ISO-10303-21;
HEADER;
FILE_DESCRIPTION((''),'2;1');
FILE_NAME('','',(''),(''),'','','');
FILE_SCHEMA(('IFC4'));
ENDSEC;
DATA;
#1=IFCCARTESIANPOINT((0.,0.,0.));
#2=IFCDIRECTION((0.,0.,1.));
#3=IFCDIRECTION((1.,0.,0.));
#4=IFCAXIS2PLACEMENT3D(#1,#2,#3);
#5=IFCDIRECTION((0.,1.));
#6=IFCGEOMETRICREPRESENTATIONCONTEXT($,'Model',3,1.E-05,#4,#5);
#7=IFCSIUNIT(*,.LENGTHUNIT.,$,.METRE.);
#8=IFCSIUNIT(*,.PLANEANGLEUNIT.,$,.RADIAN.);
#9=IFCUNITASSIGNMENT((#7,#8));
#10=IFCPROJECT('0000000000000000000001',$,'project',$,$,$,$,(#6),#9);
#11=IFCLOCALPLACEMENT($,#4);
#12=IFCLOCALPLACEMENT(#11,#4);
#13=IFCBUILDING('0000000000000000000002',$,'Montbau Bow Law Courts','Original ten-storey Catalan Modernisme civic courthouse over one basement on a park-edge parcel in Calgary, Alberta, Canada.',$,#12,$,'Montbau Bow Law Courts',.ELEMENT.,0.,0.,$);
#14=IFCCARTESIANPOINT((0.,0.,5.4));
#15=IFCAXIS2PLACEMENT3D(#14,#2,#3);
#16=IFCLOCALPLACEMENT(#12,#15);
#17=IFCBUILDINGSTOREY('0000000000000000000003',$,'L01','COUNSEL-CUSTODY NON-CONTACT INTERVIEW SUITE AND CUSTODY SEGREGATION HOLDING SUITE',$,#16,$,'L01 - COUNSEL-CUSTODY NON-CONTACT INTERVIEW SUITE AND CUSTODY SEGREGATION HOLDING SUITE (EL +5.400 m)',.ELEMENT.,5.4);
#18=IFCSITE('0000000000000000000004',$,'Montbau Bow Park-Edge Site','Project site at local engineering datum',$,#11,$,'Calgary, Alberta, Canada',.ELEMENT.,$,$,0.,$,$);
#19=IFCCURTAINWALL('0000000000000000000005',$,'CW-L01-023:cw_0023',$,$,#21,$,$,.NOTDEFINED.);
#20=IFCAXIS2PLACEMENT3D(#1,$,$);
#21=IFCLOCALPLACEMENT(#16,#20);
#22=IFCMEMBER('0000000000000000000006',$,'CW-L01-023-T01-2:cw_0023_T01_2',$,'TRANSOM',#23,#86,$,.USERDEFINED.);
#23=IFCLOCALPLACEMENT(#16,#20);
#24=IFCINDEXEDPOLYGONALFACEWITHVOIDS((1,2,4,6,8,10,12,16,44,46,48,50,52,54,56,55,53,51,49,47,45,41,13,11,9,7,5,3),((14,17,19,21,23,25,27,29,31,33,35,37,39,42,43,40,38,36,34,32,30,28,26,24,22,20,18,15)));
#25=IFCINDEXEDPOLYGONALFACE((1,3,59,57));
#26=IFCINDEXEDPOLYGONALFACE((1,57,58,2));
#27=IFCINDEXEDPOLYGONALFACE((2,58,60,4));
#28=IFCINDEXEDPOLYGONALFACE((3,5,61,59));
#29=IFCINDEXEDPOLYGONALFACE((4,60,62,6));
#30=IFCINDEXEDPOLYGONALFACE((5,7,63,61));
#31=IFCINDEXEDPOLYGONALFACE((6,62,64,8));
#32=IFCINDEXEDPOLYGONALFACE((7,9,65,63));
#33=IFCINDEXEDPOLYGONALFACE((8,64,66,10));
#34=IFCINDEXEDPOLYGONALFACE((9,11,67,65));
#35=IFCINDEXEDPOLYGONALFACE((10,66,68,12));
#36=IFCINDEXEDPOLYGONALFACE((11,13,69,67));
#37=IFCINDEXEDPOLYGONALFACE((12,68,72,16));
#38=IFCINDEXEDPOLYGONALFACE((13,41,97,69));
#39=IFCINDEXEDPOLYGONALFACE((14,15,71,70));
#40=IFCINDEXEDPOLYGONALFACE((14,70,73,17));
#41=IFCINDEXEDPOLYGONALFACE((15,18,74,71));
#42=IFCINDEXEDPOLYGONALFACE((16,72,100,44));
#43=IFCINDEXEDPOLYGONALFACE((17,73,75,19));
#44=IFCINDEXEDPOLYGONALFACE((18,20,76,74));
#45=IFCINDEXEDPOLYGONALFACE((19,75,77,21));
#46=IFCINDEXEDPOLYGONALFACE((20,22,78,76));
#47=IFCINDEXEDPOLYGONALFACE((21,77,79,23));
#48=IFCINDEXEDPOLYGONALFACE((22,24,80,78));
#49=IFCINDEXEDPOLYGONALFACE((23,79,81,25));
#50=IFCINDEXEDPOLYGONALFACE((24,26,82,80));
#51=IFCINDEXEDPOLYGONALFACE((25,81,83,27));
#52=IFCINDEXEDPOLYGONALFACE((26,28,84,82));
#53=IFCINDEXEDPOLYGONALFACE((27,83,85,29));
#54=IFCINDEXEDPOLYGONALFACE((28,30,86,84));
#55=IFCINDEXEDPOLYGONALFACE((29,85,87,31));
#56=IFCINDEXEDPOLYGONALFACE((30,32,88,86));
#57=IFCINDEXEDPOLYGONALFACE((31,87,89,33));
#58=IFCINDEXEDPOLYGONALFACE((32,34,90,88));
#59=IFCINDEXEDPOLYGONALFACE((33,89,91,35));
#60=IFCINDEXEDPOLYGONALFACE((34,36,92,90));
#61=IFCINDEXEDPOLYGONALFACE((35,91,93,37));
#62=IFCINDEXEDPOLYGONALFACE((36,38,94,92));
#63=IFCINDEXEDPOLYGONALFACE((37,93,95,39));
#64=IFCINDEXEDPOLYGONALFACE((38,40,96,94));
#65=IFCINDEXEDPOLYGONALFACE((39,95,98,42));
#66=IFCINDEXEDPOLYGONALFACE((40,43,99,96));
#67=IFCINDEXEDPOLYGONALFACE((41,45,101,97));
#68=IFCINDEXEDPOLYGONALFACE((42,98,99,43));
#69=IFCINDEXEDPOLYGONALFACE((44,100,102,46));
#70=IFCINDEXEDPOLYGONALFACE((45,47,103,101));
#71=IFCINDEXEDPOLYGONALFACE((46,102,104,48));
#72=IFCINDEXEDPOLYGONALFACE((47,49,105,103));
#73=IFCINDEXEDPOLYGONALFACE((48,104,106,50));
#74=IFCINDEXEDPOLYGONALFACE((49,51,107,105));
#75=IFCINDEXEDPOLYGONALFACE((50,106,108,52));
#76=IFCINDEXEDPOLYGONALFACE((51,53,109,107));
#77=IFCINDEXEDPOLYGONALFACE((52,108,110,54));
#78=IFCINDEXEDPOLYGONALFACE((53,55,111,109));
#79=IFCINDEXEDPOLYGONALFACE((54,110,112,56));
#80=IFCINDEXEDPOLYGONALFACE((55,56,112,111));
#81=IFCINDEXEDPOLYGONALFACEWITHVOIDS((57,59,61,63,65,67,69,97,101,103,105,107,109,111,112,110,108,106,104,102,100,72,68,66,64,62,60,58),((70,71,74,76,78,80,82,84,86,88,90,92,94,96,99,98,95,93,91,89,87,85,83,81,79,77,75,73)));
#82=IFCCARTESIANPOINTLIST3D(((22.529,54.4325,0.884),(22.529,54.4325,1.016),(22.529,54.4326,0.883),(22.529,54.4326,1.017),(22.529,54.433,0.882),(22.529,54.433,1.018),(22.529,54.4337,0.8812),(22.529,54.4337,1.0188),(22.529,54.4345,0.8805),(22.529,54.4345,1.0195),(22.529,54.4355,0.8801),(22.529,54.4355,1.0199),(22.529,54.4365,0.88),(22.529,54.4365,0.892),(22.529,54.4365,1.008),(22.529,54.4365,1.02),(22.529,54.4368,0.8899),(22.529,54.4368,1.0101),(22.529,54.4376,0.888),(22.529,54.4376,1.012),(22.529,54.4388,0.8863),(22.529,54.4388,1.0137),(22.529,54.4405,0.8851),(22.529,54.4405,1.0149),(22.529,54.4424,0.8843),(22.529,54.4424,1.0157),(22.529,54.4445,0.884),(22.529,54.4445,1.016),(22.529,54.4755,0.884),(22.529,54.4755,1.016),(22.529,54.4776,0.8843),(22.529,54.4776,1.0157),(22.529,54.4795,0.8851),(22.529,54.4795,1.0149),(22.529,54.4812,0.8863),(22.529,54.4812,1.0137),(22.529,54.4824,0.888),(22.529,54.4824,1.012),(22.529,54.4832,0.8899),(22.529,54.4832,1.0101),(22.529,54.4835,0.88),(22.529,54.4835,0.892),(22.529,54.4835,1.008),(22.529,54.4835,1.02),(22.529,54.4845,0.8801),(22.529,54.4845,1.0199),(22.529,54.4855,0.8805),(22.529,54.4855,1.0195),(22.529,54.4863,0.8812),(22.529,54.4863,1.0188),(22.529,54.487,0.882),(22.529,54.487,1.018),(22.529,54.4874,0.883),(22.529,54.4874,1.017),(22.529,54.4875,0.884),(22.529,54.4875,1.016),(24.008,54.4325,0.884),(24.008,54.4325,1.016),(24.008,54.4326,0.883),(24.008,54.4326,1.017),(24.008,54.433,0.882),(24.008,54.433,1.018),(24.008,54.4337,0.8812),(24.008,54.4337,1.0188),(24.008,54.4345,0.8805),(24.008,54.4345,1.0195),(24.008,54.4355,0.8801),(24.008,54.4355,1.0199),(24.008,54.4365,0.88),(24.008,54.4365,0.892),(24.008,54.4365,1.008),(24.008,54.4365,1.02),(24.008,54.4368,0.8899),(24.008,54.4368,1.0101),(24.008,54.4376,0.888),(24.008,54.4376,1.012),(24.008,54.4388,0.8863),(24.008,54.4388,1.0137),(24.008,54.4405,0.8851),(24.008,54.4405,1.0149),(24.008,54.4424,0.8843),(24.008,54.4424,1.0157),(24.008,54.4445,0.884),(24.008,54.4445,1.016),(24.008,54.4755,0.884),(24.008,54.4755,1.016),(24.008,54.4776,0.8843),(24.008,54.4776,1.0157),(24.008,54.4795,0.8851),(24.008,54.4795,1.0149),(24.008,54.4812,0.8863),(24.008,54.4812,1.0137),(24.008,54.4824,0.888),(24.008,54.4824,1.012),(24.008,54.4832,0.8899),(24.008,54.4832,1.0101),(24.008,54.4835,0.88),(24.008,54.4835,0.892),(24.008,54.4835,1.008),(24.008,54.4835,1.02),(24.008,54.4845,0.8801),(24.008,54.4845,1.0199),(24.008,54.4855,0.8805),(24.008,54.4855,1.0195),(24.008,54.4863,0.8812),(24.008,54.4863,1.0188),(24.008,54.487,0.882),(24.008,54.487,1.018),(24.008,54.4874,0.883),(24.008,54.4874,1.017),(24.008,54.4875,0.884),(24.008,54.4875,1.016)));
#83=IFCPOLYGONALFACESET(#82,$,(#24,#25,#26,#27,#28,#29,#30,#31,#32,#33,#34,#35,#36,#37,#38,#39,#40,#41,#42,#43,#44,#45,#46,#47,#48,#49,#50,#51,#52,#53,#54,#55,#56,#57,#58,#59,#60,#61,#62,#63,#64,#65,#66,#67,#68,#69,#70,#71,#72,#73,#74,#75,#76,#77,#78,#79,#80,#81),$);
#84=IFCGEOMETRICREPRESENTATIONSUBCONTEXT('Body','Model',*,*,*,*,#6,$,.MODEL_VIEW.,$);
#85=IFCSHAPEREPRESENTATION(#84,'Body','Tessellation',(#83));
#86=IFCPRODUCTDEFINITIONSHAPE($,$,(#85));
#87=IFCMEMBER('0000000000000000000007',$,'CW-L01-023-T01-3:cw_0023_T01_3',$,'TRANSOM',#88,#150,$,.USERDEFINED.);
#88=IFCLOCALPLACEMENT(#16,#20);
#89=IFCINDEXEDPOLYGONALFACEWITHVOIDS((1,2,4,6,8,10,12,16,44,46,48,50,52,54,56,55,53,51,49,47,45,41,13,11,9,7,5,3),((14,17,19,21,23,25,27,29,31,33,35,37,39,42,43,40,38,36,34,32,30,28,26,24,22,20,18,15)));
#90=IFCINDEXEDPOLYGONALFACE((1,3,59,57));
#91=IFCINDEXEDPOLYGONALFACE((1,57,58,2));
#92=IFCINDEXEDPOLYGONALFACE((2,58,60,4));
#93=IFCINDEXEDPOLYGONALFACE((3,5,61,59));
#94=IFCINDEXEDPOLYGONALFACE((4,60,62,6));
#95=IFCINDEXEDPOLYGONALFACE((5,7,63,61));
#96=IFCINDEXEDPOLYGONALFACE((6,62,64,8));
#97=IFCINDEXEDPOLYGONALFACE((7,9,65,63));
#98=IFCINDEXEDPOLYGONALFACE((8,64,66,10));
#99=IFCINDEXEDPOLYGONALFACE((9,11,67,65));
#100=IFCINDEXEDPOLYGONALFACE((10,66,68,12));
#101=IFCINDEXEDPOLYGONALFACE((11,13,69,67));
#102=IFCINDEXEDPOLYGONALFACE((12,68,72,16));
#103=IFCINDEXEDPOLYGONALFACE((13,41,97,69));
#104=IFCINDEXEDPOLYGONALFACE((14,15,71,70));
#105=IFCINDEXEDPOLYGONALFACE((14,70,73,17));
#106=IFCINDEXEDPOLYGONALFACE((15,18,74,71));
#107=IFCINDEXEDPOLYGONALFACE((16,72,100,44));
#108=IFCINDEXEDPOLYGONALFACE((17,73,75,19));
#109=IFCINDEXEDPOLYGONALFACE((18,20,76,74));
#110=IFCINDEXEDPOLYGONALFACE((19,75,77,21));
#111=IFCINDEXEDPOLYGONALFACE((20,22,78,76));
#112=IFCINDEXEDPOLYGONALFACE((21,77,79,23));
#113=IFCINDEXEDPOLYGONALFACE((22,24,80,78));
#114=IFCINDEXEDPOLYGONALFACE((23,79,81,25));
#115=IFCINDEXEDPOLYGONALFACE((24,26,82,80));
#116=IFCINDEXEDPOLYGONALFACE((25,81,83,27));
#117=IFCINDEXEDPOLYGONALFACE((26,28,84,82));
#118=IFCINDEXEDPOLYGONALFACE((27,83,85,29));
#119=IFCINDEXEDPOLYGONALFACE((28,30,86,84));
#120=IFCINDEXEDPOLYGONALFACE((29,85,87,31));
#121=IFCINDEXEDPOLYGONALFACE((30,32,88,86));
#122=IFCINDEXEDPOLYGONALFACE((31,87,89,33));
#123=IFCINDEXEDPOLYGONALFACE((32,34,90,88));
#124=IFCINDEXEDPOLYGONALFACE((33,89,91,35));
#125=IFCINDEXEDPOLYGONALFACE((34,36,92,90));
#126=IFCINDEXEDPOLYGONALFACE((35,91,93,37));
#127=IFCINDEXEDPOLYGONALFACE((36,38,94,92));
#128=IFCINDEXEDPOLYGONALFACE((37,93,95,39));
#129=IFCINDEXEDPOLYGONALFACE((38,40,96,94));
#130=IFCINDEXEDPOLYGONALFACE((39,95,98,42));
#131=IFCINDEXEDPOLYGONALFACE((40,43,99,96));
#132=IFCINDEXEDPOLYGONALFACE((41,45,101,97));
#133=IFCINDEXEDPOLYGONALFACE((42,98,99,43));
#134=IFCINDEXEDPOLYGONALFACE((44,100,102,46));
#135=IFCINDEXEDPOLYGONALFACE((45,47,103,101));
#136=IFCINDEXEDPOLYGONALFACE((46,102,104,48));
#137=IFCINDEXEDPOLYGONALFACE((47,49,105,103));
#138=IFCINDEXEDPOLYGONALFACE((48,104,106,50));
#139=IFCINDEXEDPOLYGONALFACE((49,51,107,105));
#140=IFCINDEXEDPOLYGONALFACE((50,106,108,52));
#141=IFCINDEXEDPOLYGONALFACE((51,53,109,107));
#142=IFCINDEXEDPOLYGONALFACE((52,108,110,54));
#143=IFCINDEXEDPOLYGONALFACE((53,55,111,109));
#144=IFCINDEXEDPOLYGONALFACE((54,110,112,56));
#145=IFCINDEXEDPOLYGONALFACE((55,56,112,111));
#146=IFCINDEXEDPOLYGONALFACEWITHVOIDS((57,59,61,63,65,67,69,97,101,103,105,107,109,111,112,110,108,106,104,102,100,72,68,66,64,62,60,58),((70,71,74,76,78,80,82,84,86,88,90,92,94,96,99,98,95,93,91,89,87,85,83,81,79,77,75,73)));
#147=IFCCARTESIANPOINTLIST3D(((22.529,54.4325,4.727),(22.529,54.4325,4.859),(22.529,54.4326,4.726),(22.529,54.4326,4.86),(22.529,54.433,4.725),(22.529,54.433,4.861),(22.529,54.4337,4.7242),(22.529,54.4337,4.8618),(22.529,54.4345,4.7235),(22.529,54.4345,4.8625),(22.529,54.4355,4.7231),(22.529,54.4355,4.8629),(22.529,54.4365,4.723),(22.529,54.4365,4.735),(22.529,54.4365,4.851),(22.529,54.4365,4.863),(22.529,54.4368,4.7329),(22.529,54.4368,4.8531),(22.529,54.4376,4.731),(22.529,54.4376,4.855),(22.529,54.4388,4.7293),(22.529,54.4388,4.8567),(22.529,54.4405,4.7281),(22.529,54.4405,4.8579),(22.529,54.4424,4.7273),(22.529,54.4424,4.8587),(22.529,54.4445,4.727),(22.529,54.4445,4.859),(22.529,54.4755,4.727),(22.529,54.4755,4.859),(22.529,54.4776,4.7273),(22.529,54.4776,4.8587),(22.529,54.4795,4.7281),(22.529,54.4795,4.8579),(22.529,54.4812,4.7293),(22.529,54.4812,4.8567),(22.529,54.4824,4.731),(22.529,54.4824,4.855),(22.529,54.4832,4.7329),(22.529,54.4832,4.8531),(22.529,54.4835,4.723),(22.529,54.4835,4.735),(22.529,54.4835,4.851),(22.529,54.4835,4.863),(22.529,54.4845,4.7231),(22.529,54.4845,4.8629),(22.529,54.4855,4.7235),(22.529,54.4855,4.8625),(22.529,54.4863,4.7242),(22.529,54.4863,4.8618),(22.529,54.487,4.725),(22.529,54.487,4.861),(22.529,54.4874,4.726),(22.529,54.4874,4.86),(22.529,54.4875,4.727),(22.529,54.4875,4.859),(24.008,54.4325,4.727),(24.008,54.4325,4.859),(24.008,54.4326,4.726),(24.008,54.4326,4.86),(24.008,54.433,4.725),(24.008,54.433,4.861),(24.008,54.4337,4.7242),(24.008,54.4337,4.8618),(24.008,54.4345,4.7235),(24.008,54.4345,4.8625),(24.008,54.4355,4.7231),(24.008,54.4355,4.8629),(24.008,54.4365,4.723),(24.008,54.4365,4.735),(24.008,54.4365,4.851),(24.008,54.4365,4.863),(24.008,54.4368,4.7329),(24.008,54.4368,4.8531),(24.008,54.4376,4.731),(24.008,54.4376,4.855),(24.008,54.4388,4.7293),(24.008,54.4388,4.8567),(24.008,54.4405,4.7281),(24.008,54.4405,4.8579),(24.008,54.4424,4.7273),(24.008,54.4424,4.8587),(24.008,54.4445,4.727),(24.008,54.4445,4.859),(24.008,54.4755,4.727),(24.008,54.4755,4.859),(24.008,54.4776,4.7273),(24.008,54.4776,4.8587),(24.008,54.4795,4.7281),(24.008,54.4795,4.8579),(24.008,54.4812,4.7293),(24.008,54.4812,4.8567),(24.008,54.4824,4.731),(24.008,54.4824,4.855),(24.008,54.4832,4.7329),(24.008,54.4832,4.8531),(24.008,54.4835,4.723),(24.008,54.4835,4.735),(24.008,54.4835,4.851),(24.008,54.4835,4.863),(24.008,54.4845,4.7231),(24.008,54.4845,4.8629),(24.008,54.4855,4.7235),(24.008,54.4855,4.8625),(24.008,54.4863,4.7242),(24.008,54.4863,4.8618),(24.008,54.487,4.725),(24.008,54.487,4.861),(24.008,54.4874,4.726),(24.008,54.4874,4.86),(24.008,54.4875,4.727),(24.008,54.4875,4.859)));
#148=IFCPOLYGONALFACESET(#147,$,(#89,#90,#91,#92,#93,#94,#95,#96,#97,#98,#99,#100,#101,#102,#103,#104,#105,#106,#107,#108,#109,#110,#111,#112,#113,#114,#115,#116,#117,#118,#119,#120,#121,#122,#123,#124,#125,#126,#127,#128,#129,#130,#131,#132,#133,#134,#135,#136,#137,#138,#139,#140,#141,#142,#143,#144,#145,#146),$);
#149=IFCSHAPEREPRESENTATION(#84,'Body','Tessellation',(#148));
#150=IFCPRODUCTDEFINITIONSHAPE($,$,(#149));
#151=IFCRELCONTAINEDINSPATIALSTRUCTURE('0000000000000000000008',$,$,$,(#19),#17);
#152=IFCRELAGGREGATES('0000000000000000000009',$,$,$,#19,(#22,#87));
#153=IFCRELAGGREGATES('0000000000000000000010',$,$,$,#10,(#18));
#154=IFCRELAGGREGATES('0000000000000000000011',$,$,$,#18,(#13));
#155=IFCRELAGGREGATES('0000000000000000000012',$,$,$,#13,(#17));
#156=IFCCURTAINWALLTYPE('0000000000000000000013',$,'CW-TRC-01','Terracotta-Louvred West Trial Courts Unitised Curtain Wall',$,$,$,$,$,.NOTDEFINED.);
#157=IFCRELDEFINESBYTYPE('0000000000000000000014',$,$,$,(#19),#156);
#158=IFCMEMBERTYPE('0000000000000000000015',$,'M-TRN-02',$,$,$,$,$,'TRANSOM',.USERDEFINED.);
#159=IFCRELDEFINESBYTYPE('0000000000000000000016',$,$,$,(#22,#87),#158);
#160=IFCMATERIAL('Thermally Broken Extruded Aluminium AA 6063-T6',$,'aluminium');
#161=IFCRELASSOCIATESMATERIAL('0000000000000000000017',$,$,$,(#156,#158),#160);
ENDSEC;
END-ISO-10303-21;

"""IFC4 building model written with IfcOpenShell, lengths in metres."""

from ifc_helpers import new_model, si_unit, direction, frame, origin_with_axes, origin_2d_with_axis, place, context, subcontext, project, spatial, hollow_rectangle, extrude, material, material_profile, profile_set, type_object, element, aggregate, save


model = new_model("IFC4")

# Units and contexts
model_context = context("Model", 3, precision=1e-05, world=origin_with_axes(), true_north=direction((0.0, 1.0)))
body_context = subcontext(model_context, "Body", "Model", "MODEL_VIEW")
ifc_project = project(units=[si_unit("LENGTHUNIT", "METRE"), si_unit("PLANEANGLEUNIT", "RADIAN")], contexts=[model_context])

# Site, building, storey
site_placement = place(None, origin_with_axes())
site = spatial("IfcSite", under=ifc_project, at=site_placement, Name="Montbau Bow Park-Edge Site", Description="Project site at local engineering datum", LongName="Calgary, Alberta, Canada", CompositionType="ELEMENT", RefElevation=0.0)
building_placement = place(site_placement, origin_with_axes())
building = spatial("IfcBuilding", under=site, at=building_placement, Name="Montbau Bow Law Courts", Description="Original ten-storey Catalan Modernisme civic courthouse over one basement on a park-edge parcel in Calgary, Alberta, Canada.", LongName="Montbau Bow Law Courts", CompositionType="ELEMENT", ElevationOfRefHeight=0.0, ElevationOfTerrain=0.0)
storey_placement = place(building_placement, frame((0.0, 0.0, 5.4), z_axis=(0.0, 0.0, 1.0), x_axis=(1.0, 0.0, 0.0)))
storey = spatial("IfcBuildingStorey", under=building, at=storey_placement, Name="L01", Description="COUNSEL-CUSTODY NON-CONTACT INTERVIEW SUITE AND CUSTODY SEGREGATION HOLDING SUITE", LongName="L01 - COUNSEL-CUSTODY NON-CONTACT INTERVIEW SUITE AND CUSTODY SEGREGATION HOLDING SUITE (EL +5.400 m)", CompositionType="ELEMENT", Elevation=5.4)

# Curtain wall
ifc_material_1 = material(Name="Thermally Broken Extruded Aluminium AA 6063-T6", Category="aluminium")
curtain_wall_type = type_object("IfcCurtainWallType", Name="CW-TRC-01", Description="Terracotta-Louvred West Trial Courts Unitised Curtain Wall", PredefinedType="NOTDEFINED", material=ifc_material_1)
curtain_wall_1_placement = place(None, frame((22.467, 54.46, 5.4), z_axis=(0.0, 0.0, 1.0), x_axis=(1.0, 0.0, 0.0)))
curtain_wall_1 = element("IfcCurtainWall", 1, at=curtain_wall_1_placement, inside=storey, type_object=curtain_wall_type, Name="CW-L01-023:cw_0023", PredefinedType="NOTDEFINED")

# Members
ifc_material_profile_1 = material_profile(ifc_material_1, hollow_rectangle(XDim=0.055, YDim=0.14, WallThickness=0.004, InnerFilletRadius=0.008, OuterFilletRadius=0.004, at=origin_2d_with_axis()), Name="CWT-140X55", Category="Main", Priority=0)
ifc_profile_set_1 = profile_set([ifc_material_profile_1], Name="Thermally Broken Extruded Aluminium AA 6063-T6")
member_type_1 = type_object("IfcMemberType", Name="M-TRN-02", ElementType="TRANSOM", PredefinedType="USERDEFINED", material=ifc_profile_set_1)
member_1_placement = place(None, frame((22.529, 54.46, 6.35), z_axis=(1.0, 0.0, 0.0), x_axis=(0.0, 1.0, 0.0)))
member_1 = element("IfcMember", 2, at=member_1_placement, type_object=member_type_1, Name="CW-L01-023-T01-2:cw_0023_T01_2", ObjectType="TRANSOM", PredefinedType="USERDEFINED", context=body_context, shape_type="SweptSolid", body=[
    extrude(hollow_rectangle(XDim=0.055, YDim=0.14, WallThickness=0.004, InnerFilletRadius=0.008, OuterFilletRadius=0.004, at=origin_2d_with_axis()), origin_with_axes(), (0.0, 0.0, 1.0), 1.479),
])
member_2_placement = place(None, frame((22.529, 54.46, 10.193), z_axis=(1.0, 0.0, 0.0), x_axis=(0.0, 1.0, 0.0)))
member_2 = element("IfcMember", 3, at=member_2_placement, type_object=member_type_1, Name="CW-L01-023-T01-3:cw_0023_T01_3", ObjectType="TRANSOM", PredefinedType="USERDEFINED", context=body_context, shape_type="SweptSolid", body=[
    extrude(hollow_rectangle(XDim=0.055, YDim=0.14, WallThickness=0.004, InnerFilletRadius=0.008, OuterFilletRadius=0.004, at=origin_2d_with_axis()), origin_with_axes(), (0.0, 0.0, 1.0), 1.479),
])

aggregate(curtain_wall_1, [member_1, member_2])

save(model, "model.ifc")
